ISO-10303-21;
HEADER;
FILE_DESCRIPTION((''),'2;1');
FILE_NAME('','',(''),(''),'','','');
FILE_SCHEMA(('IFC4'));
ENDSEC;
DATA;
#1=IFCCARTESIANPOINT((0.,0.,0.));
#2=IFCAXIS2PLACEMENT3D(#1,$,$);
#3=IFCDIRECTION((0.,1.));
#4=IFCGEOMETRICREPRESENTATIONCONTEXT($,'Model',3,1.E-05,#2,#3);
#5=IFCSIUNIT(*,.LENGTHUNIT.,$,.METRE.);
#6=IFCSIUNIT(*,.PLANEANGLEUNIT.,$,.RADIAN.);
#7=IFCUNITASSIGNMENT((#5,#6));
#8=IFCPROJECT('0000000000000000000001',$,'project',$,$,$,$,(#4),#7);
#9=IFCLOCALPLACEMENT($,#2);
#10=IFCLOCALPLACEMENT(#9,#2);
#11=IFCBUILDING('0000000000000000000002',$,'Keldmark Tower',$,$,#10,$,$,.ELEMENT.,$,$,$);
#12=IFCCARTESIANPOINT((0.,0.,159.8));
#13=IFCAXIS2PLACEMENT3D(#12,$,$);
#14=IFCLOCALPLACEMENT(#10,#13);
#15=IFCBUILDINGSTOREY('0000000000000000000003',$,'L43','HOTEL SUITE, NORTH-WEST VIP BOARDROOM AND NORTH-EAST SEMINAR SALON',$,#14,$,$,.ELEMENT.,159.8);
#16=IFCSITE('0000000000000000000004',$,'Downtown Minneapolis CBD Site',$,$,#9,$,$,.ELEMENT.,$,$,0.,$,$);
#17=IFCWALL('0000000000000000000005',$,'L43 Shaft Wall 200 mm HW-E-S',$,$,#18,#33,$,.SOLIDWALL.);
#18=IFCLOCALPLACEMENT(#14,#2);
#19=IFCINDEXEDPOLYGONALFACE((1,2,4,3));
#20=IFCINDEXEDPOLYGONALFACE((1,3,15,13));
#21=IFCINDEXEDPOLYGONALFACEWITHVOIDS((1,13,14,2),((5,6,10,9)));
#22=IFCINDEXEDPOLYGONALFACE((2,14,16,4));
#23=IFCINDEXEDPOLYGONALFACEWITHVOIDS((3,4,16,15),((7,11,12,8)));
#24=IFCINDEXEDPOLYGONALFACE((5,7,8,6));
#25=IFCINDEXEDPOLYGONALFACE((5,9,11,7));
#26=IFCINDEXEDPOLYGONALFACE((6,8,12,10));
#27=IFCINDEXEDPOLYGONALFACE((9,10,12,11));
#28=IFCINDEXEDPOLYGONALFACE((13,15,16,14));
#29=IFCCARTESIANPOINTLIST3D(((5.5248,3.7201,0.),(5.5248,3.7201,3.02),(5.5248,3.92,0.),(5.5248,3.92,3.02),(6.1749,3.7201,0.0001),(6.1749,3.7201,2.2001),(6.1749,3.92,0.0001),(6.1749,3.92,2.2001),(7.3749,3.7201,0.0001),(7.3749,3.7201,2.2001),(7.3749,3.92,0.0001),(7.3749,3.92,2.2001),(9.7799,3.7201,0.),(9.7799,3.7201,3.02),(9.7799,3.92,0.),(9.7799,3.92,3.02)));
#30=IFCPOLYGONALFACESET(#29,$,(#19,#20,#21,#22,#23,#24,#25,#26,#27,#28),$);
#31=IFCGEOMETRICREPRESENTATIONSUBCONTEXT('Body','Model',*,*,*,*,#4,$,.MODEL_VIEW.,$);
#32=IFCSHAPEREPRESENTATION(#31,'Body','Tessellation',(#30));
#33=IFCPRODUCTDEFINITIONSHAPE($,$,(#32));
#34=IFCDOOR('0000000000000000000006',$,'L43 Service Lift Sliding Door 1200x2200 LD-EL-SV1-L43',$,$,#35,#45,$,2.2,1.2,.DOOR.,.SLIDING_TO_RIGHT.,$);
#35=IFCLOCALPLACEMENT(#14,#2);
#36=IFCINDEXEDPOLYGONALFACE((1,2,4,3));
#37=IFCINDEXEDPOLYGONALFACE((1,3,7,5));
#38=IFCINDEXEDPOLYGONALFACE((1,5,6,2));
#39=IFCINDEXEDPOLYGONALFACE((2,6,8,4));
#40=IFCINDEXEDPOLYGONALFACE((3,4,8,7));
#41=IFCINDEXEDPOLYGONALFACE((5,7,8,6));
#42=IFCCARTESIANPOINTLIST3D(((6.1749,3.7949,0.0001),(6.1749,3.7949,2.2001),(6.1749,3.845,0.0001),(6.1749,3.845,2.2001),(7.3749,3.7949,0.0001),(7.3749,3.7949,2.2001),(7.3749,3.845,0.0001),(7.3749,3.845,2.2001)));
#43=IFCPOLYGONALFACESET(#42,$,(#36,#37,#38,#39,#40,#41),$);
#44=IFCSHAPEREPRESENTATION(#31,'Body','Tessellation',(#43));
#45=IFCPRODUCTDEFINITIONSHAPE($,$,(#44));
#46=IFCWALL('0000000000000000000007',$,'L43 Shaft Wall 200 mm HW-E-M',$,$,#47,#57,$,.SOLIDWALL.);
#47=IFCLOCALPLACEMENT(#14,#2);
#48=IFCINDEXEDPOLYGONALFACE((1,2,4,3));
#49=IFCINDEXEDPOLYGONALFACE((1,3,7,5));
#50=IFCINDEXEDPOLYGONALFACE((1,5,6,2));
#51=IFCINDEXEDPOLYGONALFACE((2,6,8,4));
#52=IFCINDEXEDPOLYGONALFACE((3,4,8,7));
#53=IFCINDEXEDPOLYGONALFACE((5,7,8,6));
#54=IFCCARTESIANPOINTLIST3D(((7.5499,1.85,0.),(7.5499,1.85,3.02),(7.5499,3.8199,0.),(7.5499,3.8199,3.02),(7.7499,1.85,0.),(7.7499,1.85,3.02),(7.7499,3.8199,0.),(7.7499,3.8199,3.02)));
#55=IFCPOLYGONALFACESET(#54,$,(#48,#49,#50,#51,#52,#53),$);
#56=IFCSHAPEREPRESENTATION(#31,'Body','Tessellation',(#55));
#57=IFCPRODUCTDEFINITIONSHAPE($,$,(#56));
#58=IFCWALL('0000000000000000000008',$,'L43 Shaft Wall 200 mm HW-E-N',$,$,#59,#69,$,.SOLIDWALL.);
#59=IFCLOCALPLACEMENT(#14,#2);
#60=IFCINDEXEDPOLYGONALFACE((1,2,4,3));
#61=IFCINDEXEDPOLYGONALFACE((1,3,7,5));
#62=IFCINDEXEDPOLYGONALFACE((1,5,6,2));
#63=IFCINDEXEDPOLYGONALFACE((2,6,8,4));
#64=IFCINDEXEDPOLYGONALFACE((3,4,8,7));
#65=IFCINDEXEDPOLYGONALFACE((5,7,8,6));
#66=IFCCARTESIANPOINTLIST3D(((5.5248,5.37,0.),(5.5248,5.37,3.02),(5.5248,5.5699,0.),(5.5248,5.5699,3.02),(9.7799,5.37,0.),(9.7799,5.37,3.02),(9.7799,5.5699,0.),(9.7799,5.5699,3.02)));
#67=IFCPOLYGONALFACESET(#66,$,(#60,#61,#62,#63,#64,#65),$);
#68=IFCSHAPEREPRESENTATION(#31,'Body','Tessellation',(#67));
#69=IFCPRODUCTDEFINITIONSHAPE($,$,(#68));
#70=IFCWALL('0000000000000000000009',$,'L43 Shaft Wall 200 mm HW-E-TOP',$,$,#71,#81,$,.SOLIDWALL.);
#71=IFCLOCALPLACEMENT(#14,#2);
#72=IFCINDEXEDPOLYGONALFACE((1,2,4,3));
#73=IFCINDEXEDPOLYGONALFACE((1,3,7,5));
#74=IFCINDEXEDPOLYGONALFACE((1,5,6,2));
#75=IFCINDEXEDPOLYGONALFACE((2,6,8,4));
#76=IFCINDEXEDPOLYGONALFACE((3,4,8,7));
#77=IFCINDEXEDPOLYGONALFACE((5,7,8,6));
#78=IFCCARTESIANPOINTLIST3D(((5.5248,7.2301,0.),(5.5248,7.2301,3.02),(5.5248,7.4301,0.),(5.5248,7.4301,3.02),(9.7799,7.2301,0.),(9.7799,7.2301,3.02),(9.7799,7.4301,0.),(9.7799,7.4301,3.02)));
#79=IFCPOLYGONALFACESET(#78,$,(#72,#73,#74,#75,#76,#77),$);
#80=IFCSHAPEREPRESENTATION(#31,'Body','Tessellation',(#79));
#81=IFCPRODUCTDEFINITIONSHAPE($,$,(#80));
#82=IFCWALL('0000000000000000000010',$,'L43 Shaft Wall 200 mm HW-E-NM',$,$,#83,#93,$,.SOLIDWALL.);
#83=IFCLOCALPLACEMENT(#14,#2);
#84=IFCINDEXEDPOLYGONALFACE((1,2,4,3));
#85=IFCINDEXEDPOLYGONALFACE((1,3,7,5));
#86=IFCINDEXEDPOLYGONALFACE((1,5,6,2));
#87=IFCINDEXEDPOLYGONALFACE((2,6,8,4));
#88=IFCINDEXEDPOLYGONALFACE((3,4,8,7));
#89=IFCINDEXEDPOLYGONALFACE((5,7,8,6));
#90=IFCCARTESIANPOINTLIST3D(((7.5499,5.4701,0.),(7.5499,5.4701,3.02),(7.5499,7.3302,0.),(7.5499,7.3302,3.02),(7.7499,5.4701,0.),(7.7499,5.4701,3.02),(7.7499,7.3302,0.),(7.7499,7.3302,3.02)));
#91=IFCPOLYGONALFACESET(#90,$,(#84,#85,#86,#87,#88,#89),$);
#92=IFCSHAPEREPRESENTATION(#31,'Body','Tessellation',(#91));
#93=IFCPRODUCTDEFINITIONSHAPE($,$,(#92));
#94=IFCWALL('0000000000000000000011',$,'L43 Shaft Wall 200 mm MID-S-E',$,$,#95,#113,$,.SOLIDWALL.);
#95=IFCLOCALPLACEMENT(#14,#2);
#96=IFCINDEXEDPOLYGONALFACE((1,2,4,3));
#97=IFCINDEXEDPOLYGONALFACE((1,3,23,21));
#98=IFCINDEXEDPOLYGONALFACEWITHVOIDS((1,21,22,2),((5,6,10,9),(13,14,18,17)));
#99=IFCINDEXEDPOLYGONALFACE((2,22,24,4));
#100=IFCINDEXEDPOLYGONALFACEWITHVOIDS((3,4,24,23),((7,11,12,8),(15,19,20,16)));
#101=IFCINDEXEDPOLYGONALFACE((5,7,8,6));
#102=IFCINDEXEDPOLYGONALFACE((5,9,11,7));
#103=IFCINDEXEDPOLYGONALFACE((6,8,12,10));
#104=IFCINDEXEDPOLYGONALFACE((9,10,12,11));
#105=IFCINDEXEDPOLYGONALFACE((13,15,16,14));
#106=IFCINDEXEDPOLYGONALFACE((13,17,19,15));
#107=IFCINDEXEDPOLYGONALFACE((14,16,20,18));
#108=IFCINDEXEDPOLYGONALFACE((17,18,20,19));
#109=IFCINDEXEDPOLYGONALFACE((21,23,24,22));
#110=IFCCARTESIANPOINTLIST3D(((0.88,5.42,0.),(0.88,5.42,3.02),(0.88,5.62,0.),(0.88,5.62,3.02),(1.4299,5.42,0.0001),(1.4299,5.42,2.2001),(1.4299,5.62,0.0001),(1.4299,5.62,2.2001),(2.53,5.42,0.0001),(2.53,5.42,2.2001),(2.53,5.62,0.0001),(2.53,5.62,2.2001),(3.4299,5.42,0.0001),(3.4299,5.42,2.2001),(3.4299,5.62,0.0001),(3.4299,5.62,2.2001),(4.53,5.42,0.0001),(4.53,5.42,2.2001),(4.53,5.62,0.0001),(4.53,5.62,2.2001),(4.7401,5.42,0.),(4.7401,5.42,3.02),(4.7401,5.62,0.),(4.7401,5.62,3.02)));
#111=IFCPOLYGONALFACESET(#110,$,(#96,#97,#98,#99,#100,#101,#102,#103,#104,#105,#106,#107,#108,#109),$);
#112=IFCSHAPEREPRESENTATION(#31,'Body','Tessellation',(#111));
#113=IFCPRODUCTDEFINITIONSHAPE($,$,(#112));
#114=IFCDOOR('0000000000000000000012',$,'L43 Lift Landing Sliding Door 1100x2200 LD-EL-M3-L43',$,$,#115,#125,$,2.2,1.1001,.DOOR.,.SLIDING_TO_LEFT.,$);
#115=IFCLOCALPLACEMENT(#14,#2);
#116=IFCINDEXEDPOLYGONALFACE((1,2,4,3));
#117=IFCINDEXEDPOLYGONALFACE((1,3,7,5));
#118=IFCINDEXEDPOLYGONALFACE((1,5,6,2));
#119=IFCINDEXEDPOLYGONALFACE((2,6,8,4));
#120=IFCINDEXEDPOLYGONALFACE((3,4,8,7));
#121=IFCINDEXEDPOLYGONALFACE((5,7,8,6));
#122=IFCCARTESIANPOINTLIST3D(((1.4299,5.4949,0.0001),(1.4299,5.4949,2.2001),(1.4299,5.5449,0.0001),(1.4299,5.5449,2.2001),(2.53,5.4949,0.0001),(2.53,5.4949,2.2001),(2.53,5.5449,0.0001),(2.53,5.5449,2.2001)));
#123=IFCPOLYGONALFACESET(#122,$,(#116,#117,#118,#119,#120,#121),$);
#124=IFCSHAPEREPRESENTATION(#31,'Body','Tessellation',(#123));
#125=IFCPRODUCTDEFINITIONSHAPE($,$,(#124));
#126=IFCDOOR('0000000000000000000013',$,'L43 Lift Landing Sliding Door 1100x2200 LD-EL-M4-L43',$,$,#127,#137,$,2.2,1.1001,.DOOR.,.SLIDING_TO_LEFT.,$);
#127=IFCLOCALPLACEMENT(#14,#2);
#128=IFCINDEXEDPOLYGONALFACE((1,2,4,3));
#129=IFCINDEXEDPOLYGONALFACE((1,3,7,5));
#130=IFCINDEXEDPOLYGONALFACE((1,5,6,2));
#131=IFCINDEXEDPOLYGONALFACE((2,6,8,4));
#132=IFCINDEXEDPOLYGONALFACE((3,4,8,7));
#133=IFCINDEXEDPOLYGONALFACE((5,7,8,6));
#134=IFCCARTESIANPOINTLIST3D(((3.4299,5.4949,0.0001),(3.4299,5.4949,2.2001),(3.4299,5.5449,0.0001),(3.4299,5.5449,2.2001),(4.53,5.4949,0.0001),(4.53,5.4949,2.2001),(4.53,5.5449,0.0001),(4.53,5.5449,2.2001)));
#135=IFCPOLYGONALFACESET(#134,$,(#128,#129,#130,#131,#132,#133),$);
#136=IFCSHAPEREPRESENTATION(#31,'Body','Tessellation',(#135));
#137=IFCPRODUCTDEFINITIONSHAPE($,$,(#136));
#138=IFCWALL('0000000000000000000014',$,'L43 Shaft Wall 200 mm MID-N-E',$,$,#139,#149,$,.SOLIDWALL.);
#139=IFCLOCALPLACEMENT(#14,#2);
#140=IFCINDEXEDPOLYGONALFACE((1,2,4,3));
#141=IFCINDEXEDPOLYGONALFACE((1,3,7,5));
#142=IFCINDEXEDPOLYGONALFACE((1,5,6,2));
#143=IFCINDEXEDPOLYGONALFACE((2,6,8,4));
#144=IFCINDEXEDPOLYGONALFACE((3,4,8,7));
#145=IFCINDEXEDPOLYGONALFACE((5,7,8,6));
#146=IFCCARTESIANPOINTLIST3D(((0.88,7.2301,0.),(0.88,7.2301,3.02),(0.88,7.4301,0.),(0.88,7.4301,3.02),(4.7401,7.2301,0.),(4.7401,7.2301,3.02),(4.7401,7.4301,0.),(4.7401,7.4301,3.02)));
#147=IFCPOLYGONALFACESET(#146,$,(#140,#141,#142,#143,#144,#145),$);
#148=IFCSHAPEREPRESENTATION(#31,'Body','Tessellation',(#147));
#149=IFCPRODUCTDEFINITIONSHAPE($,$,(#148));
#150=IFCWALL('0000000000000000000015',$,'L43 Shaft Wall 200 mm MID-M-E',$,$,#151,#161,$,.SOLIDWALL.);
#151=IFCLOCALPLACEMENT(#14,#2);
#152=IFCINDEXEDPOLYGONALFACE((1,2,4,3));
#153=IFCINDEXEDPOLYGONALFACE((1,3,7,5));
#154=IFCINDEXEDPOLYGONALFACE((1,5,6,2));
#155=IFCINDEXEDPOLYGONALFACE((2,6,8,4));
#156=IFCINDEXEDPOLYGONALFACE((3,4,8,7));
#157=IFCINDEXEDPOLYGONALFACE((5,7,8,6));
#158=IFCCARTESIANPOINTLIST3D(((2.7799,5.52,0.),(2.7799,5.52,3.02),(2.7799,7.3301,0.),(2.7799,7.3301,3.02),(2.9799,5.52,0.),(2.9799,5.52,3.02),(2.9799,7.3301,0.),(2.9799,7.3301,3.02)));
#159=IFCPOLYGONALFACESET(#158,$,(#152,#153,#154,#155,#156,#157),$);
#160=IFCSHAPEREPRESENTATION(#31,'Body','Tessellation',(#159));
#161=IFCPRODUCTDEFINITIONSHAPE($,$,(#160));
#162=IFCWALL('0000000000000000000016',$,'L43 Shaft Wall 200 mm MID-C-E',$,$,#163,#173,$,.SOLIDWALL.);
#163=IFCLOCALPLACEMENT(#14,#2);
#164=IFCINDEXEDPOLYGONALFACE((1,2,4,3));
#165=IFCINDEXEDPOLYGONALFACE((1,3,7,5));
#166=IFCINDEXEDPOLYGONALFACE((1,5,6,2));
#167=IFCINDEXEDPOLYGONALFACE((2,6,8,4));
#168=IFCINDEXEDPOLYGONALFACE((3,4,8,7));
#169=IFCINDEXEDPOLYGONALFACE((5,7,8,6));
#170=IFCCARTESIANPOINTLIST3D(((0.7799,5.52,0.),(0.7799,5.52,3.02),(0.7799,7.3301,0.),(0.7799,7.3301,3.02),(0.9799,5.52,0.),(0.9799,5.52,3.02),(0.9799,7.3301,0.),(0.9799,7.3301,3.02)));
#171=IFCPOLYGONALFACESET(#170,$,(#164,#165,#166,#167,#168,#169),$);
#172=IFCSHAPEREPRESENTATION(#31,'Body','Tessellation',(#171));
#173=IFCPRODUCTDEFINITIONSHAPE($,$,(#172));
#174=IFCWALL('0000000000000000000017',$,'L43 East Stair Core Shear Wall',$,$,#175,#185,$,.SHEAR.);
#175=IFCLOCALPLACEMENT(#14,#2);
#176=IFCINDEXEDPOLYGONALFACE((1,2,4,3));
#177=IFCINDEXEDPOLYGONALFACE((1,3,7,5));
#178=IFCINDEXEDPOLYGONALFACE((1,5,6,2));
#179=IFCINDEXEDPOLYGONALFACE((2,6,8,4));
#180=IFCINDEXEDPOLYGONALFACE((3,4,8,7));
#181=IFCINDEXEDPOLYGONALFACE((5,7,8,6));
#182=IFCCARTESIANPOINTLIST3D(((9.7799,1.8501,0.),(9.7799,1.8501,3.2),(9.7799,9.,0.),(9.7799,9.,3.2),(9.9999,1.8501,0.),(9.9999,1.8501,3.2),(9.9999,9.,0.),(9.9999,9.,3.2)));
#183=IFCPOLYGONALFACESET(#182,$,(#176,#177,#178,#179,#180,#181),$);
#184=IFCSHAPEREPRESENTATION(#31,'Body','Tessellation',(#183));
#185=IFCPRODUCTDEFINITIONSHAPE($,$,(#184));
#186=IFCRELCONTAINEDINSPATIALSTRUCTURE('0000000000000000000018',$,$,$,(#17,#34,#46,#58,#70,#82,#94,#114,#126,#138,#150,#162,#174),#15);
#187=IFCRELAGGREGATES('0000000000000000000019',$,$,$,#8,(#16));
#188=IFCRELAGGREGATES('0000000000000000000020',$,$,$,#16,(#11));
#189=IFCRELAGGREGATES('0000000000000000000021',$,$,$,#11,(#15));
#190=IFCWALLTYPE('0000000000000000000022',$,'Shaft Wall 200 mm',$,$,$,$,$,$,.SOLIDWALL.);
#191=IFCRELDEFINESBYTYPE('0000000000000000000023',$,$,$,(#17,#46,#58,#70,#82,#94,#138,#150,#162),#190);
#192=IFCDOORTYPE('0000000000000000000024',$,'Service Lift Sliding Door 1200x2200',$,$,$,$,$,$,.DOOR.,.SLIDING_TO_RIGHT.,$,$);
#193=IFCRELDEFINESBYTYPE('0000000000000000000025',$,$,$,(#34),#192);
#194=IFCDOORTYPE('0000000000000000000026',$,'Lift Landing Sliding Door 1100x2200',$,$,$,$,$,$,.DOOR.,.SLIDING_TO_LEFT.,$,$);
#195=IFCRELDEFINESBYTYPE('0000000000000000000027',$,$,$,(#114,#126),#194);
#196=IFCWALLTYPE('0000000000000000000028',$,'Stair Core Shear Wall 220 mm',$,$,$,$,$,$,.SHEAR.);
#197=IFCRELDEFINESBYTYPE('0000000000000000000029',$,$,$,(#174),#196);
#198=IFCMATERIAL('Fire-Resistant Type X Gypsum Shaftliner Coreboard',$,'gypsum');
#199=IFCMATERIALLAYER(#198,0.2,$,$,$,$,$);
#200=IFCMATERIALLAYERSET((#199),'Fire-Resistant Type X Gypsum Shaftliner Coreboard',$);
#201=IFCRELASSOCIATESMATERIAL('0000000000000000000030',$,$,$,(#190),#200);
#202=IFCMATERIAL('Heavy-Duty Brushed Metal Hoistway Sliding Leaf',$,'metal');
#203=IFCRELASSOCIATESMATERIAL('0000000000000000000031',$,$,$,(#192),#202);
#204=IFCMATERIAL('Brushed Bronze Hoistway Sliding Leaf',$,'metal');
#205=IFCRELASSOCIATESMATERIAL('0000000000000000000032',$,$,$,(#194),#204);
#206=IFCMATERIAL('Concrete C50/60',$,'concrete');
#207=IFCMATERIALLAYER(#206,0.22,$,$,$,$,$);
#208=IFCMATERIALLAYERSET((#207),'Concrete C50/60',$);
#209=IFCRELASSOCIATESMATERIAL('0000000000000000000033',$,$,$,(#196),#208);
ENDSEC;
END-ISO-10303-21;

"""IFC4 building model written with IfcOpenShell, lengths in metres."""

from ifc_helpers import new_model, si_unit, direction, frame, frame_2d, origin, place, context, subcontext, project, spatial, rectangle, extrude, material, layer, layer_set, type_object, element, fill, save


model = new_model("IFC4")

# Units and contexts
model_context = context("Model", 3, precision=1e-05, world=origin(), true_north=direction((0.0, 1.0)))
body_context = subcontext(model_context, "Body", "Model", "MODEL_VIEW")
ifc_project = project(units=[si_unit("LENGTHUNIT", "METRE"), si_unit("PLANEANGLEUNIT", "RADIAN")], contexts=[model_context])

# Site, building, storey
site_placement = place(None, origin())
site = spatial("IfcSite", under=ifc_project, at=site_placement, Name="Downtown Minneapolis CBD Site", CompositionType="ELEMENT", RefElevation=0.0)
building_placement = place(site_placement, origin())
building = spatial("IfcBuilding", under=site, at=building_placement, Name="Keldmark Tower", CompositionType="ELEMENT")
storey_placement = place(building_placement, frame((0.0, 0.0, 159.8)))
storey = spatial("IfcBuildingStorey", under=building, at=storey_placement, Name="L43", Description="HOTEL SUITE, NORTH-WEST VIP BOARDROOM AND NORTH-EAST SEMINAR SALON", CompositionType="ELEMENT", Elevation=159.8)

# Wall, opening, door
ifc_material_1 = material(Name="Fire-Resistant Type X Gypsum Shaftliner Coreboard", Category="gypsum")
ifc_layer_1 = layer(ifc_material_1, 0.2)
ifc_layer_set_1 = layer_set([ifc_layer_1], Name="Fire-Resistant Type X Gypsum Shaftliner Coreboard")
wall_type_1 = type_object("IfcWallType", Name="Shaft Wall 200 mm", PredefinedType="SOLIDWALL", material=ifc_layer_set_1)
wall_1_placement = place(storey_placement, frame((5.5249, 3.8201, 0.0), z_axis=(0.0, 0.0, 1.0), x_axis=(1.0, 0.0, 0.0)))
wall_1 = element("IfcWall", 1, at=wall_1_placement, inside=storey, type_object=wall_type_1, Name="L43 Shaft Wall 200 mm HW-E-S", PredefinedType="SOLIDWALL", context=body_context, shape_type="SweptSolid", body=[
    extrude(rectangle(XDim=4.2551, YDim=0.2, at=frame_2d((2.1274, 0.0))), origin(), (0.0, 0.0, 1.0), 3.02),
])
opening_1_placement = place(wall_1_placement, frame((0.6499, 0.0, 0.0)))
opening_1 = element("IfcOpeningElement", 2, at=opening_1_placement, cuts=wall_1, PredefinedType="OPENING", context=body_context, shape_type="SweptSolid", body=[
    extrude(rectangle(XDim=1.2, YDim=2.2, at=frame_2d((0.6001, 1.1001))), frame((0.0, 0.1099, 0.0), z_axis=(0.0, -1.0, 0.0), x_axis=(1.0, 0.0, 0.0)), (0.0, 0.0, 1.0), 0.22),
])
ifc_material_2 = material(Name="Heavy-Duty Brushed Metal Hoistway Sliding Leaf", Category="metal")
door_type_1 = type_object("IfcDoorType", Name="Service Lift Sliding Door 1200x2200", OperationType="SLIDING_TO_RIGHT", PredefinedType="DOOR", material=ifc_material_2)
door_1_placement = place(opening_1_placement, origin())
door_1 = element("IfcDoor", 3, at=door_1_placement, inside=storey, type_object=door_type_1, Name="L43 Service Lift Sliding Door 1200x2200 LD-EL-SV1-L43", OperationType="SLIDING_TO_RIGHT", OverallHeight=2.2, OverallWidth=1.2, PredefinedType="DOOR", context=body_context, shape_type="SweptSolid", body=[
    extrude(rectangle(XDim=1.2, YDim=2.2, at=frame_2d((0.6001, 1.1001))), frame((0.0, 0.0249, 0.0), z_axis=(0.0, -1.0, 0.0), x_axis=(1.0, 0.0, 0.0)), (0.0, 0.0, 1.0), 0.05),
])
fill(opening_1, door_1)

# Walls
wall_2_placement = place(storey_placement, frame((7.6499, 1.8501, 0.0), z_axis=(0.0, 0.0, 1.0), x_axis=(0.0, 1.0, 0.0)))
element("IfcWall", 4, at=wall_2_placement, inside=storey, type_object=wall_type_1, Name="L43 Shaft Wall 200 mm HW-E-M", PredefinedType="SOLIDWALL", context=body_context, shape_type="SweptSolid", body=[
    extrude(rectangle(XDim=1.97, YDim=0.2, at=frame_2d((0.9849, 0.0))), origin(), (0.0, 0.0, 1.0), 3.02),
])
for number, where, z_axis, x_axis, name in (
    (5, (5.5249, 5.47, 0.0), (0.0, 0.0, 1.0), (1.0, 0.0, 0.0), "L43 Shaft Wall 200 mm HW-E-N"),
    (6, (5.5249, 7.3301, 0.0), (0.0, 0.0, 1.0), (1.0, 0.0, 0.0), "L43 Shaft Wall 200 mm HW-E-TOP"),
):
    element("IfcWall", number, at=place(storey_placement, frame(where, z_axis=z_axis, x_axis=x_axis)), inside=storey, type_object=wall_type_1, Name=name, PredefinedType="SOLIDWALL", context=body_context, shape_type="SweptSolid", body=[
        extrude(rectangle(XDim=4.2551, YDim=0.2, at=frame_2d((2.1274, 0.0))), origin(), (0.0, 0.0, 1.0), 3.02),
    ])
wall_3_placement = place(storey_placement, frame((7.6499, 5.47, 0.0), z_axis=(0.0, 0.0, 1.0), x_axis=(0.0, 1.0, 0.0)))
element("IfcWall", 7, at=wall_3_placement, inside=storey, type_object=wall_type_1, Name="L43 Shaft Wall 200 mm HW-E-NM", PredefinedType="SOLIDWALL", context=body_context, shape_type="SweptSolid", body=[
    extrude(rectangle(XDim=1.8601, YDim=0.2, at=frame_2d((0.9302, 0.0))), origin(), (0.0, 0.0, 1.0), 3.02),
])

# Wall, openings, doors
wall_4_placement = place(storey_placement, frame((0.8799, 5.52, 0.0), z_axis=(0.0, 0.0, 1.0), x_axis=(1.0, 0.0, 0.0)))
wall_4 = element("IfcWall", 8, at=wall_4_placement, inside=storey, type_object=wall_type_1, Name="L43 Shaft Wall 200 mm MID-S-E", PredefinedType="SOLIDWALL", context=body_context, shape_type="SweptSolid", body=[
    extrude(rectangle(XDim=3.8601, YDim=0.2, at=frame_2d((1.9302, 0.0))), origin(), (0.0, 0.0, 1.0), 3.02),
])
opening_2_placement = place(wall_4_placement, frame((0.55, 0.0, 0.0)))
opening_2 = element("IfcOpeningElement", 9, at=opening_2_placement, cuts=wall_4, PredefinedType="OPENING", context=body_context, shape_type="SweptSolid", body=[
    extrude(rectangle(XDim=1.1001, YDim=2.2, at=frame_2d((0.55, 1.1001))), frame((0.0, 0.1099, 0.0), z_axis=(0.0, -1.0, 0.0), x_axis=(1.0, 0.0, 0.0)), (0.0, 0.0, 1.0), 0.22),
])
opening_3_placement = place(wall_4_placement, frame((2.55, 0.0, 0.0)))
opening_3 = element("IfcOpeningElement", 10, at=opening_3_placement, cuts=wall_4, PredefinedType="OPENING", context=body_context, shape_type="SweptSolid", body=[
    extrude(rectangle(XDim=1.1001, YDim=2.2, at=frame_2d((0.55, 1.1001))), frame((0.0, 0.1099, 0.0), z_axis=(0.0, -1.0, 0.0), x_axis=(1.0, 0.0, 0.0)), (0.0, 0.0, 1.0), 0.22),
])
ifc_material_3 = material(Name="Brushed Bronze Hoistway Sliding Leaf", Category="metal")
door_type_2 = type_object("IfcDoorType", Name="Lift Landing Sliding Door 1100x2200", OperationType="SLIDING_TO_LEFT", PredefinedType="DOOR", material=ifc_material_3)
door_2_placement = place(opening_2_placement, origin())
door_2 = element("IfcDoor", 11, at=door_2_placement, inside=storey, type_object=door_type_2, Name="L43 Lift Landing Sliding Door 1100x2200 LD-EL-M3-L43", OperationType="SLIDING_TO_LEFT", OverallHeight=2.2, OverallWidth=1.1001, PredefinedType="DOOR", context=body_context, shape_type="SweptSolid", body=[
    extrude(rectangle(XDim=1.1001, YDim=2.2, at=frame_2d((0.55, 1.1001))), frame((0.0, 0.0249, 0.0), z_axis=(0.0, -1.0, 0.0), x_axis=(1.0, 0.0, 0.0)), (0.0, 0.0, 1.0), 0.05),
])
fill(opening_2, door_2)
door_3_placement = place(opening_3_placement, origin())
door_3 = element("IfcDoor", 12, at=door_3_placement, inside=storey, type_object=door_type_2, Name="L43 Lift Landing Sliding Door 1100x2200 LD-EL-M4-L43", OperationType="SLIDING_TO_LEFT", OverallHeight=2.2, OverallWidth=1.1001, PredefinedType="DOOR", context=body_context, shape_type="SweptSolid", body=[
    extrude(rectangle(XDim=1.1001, YDim=2.2, at=frame_2d((0.55, 1.1001))), frame((0.0, 0.0249, 0.0), z_axis=(0.0, -1.0, 0.0), x_axis=(1.0, 0.0, 0.0)), (0.0, 0.0, 1.0), 0.05),
])
fill(opening_3, door_3)

# Walls
wall_5_placement = place(storey_placement, frame((0.8799, 7.3301, 0.0), z_axis=(0.0, 0.0, 1.0), x_axis=(1.0, 0.0, 0.0)))
element("IfcWall", 13, at=wall_5_placement, inside=storey, type_object=wall_type_1, Name="L43 Shaft Wall 200 mm MID-N-E", PredefinedType="SOLIDWALL", context=body_context, shape_type="SweptSolid", body=[
    extrude(rectangle(XDim=3.8601, YDim=0.2, at=frame_2d((1.9302, 0.0))), origin(), (0.0, 0.0, 1.0), 3.02),
])
for number, where, z_axis, x_axis, name in (
    (14, (2.8799, 5.52, 0.0), (0.0, 0.0, 1.0), (0.0, 1.0, 0.0), "L43 Shaft Wall 200 mm MID-M-E"),
    (15, (0.8799, 5.52, 0.0), (0.0, 0.0, 1.0), (0.0, 1.0, 0.0), "L43 Shaft Wall 200 mm MID-C-E"),
):
    element("IfcWall", number, at=place(storey_placement, frame(where, z_axis=z_axis, x_axis=x_axis)), inside=storey, type_object=wall_type_1, Name=name, PredefinedType="SOLIDWALL", context=body_context, shape_type="SweptSolid", body=[
        extrude(rectangle(XDim=1.8101, YDim=0.2, at=frame_2d((0.905, 0.0))), origin(), (0.0, 0.0, 1.0), 3.02),
    ])
ifc_material_4 = material(Name="Concrete C50/60", Category="concrete")
ifc_layer_2 = layer(ifc_material_4, 0.22)
ifc_layer_set_2 = layer_set([ifc_layer_2], Name="Concrete C50/60")
wall_type_2 = type_object("IfcWallType", Name="Stair Core Shear Wall 220 mm", PredefinedType="SHEAR", material=ifc_layer_set_2)
wall_6_placement = place(storey_placement, frame((9.8899, 1.8501, 0.0), z_axis=(0.0, 0.0, 1.0), x_axis=(0.0, 1.0, 0.0)))
element("IfcWall", 16, at=wall_6_placement, inside=storey, type_object=wall_type_2, Name="L43 East Stair Core Shear Wall", PredefinedType="SHEAR", context=body_context, shape_type="SweptSolid", body=[
    extrude(rectangle(XDim=7.1499, YDim=0.22, at=frame_2d((3.575, 0.0))), origin(), (0.0, 0.0, 1.0), 3.2),
])

save(model, "model.ifc")
